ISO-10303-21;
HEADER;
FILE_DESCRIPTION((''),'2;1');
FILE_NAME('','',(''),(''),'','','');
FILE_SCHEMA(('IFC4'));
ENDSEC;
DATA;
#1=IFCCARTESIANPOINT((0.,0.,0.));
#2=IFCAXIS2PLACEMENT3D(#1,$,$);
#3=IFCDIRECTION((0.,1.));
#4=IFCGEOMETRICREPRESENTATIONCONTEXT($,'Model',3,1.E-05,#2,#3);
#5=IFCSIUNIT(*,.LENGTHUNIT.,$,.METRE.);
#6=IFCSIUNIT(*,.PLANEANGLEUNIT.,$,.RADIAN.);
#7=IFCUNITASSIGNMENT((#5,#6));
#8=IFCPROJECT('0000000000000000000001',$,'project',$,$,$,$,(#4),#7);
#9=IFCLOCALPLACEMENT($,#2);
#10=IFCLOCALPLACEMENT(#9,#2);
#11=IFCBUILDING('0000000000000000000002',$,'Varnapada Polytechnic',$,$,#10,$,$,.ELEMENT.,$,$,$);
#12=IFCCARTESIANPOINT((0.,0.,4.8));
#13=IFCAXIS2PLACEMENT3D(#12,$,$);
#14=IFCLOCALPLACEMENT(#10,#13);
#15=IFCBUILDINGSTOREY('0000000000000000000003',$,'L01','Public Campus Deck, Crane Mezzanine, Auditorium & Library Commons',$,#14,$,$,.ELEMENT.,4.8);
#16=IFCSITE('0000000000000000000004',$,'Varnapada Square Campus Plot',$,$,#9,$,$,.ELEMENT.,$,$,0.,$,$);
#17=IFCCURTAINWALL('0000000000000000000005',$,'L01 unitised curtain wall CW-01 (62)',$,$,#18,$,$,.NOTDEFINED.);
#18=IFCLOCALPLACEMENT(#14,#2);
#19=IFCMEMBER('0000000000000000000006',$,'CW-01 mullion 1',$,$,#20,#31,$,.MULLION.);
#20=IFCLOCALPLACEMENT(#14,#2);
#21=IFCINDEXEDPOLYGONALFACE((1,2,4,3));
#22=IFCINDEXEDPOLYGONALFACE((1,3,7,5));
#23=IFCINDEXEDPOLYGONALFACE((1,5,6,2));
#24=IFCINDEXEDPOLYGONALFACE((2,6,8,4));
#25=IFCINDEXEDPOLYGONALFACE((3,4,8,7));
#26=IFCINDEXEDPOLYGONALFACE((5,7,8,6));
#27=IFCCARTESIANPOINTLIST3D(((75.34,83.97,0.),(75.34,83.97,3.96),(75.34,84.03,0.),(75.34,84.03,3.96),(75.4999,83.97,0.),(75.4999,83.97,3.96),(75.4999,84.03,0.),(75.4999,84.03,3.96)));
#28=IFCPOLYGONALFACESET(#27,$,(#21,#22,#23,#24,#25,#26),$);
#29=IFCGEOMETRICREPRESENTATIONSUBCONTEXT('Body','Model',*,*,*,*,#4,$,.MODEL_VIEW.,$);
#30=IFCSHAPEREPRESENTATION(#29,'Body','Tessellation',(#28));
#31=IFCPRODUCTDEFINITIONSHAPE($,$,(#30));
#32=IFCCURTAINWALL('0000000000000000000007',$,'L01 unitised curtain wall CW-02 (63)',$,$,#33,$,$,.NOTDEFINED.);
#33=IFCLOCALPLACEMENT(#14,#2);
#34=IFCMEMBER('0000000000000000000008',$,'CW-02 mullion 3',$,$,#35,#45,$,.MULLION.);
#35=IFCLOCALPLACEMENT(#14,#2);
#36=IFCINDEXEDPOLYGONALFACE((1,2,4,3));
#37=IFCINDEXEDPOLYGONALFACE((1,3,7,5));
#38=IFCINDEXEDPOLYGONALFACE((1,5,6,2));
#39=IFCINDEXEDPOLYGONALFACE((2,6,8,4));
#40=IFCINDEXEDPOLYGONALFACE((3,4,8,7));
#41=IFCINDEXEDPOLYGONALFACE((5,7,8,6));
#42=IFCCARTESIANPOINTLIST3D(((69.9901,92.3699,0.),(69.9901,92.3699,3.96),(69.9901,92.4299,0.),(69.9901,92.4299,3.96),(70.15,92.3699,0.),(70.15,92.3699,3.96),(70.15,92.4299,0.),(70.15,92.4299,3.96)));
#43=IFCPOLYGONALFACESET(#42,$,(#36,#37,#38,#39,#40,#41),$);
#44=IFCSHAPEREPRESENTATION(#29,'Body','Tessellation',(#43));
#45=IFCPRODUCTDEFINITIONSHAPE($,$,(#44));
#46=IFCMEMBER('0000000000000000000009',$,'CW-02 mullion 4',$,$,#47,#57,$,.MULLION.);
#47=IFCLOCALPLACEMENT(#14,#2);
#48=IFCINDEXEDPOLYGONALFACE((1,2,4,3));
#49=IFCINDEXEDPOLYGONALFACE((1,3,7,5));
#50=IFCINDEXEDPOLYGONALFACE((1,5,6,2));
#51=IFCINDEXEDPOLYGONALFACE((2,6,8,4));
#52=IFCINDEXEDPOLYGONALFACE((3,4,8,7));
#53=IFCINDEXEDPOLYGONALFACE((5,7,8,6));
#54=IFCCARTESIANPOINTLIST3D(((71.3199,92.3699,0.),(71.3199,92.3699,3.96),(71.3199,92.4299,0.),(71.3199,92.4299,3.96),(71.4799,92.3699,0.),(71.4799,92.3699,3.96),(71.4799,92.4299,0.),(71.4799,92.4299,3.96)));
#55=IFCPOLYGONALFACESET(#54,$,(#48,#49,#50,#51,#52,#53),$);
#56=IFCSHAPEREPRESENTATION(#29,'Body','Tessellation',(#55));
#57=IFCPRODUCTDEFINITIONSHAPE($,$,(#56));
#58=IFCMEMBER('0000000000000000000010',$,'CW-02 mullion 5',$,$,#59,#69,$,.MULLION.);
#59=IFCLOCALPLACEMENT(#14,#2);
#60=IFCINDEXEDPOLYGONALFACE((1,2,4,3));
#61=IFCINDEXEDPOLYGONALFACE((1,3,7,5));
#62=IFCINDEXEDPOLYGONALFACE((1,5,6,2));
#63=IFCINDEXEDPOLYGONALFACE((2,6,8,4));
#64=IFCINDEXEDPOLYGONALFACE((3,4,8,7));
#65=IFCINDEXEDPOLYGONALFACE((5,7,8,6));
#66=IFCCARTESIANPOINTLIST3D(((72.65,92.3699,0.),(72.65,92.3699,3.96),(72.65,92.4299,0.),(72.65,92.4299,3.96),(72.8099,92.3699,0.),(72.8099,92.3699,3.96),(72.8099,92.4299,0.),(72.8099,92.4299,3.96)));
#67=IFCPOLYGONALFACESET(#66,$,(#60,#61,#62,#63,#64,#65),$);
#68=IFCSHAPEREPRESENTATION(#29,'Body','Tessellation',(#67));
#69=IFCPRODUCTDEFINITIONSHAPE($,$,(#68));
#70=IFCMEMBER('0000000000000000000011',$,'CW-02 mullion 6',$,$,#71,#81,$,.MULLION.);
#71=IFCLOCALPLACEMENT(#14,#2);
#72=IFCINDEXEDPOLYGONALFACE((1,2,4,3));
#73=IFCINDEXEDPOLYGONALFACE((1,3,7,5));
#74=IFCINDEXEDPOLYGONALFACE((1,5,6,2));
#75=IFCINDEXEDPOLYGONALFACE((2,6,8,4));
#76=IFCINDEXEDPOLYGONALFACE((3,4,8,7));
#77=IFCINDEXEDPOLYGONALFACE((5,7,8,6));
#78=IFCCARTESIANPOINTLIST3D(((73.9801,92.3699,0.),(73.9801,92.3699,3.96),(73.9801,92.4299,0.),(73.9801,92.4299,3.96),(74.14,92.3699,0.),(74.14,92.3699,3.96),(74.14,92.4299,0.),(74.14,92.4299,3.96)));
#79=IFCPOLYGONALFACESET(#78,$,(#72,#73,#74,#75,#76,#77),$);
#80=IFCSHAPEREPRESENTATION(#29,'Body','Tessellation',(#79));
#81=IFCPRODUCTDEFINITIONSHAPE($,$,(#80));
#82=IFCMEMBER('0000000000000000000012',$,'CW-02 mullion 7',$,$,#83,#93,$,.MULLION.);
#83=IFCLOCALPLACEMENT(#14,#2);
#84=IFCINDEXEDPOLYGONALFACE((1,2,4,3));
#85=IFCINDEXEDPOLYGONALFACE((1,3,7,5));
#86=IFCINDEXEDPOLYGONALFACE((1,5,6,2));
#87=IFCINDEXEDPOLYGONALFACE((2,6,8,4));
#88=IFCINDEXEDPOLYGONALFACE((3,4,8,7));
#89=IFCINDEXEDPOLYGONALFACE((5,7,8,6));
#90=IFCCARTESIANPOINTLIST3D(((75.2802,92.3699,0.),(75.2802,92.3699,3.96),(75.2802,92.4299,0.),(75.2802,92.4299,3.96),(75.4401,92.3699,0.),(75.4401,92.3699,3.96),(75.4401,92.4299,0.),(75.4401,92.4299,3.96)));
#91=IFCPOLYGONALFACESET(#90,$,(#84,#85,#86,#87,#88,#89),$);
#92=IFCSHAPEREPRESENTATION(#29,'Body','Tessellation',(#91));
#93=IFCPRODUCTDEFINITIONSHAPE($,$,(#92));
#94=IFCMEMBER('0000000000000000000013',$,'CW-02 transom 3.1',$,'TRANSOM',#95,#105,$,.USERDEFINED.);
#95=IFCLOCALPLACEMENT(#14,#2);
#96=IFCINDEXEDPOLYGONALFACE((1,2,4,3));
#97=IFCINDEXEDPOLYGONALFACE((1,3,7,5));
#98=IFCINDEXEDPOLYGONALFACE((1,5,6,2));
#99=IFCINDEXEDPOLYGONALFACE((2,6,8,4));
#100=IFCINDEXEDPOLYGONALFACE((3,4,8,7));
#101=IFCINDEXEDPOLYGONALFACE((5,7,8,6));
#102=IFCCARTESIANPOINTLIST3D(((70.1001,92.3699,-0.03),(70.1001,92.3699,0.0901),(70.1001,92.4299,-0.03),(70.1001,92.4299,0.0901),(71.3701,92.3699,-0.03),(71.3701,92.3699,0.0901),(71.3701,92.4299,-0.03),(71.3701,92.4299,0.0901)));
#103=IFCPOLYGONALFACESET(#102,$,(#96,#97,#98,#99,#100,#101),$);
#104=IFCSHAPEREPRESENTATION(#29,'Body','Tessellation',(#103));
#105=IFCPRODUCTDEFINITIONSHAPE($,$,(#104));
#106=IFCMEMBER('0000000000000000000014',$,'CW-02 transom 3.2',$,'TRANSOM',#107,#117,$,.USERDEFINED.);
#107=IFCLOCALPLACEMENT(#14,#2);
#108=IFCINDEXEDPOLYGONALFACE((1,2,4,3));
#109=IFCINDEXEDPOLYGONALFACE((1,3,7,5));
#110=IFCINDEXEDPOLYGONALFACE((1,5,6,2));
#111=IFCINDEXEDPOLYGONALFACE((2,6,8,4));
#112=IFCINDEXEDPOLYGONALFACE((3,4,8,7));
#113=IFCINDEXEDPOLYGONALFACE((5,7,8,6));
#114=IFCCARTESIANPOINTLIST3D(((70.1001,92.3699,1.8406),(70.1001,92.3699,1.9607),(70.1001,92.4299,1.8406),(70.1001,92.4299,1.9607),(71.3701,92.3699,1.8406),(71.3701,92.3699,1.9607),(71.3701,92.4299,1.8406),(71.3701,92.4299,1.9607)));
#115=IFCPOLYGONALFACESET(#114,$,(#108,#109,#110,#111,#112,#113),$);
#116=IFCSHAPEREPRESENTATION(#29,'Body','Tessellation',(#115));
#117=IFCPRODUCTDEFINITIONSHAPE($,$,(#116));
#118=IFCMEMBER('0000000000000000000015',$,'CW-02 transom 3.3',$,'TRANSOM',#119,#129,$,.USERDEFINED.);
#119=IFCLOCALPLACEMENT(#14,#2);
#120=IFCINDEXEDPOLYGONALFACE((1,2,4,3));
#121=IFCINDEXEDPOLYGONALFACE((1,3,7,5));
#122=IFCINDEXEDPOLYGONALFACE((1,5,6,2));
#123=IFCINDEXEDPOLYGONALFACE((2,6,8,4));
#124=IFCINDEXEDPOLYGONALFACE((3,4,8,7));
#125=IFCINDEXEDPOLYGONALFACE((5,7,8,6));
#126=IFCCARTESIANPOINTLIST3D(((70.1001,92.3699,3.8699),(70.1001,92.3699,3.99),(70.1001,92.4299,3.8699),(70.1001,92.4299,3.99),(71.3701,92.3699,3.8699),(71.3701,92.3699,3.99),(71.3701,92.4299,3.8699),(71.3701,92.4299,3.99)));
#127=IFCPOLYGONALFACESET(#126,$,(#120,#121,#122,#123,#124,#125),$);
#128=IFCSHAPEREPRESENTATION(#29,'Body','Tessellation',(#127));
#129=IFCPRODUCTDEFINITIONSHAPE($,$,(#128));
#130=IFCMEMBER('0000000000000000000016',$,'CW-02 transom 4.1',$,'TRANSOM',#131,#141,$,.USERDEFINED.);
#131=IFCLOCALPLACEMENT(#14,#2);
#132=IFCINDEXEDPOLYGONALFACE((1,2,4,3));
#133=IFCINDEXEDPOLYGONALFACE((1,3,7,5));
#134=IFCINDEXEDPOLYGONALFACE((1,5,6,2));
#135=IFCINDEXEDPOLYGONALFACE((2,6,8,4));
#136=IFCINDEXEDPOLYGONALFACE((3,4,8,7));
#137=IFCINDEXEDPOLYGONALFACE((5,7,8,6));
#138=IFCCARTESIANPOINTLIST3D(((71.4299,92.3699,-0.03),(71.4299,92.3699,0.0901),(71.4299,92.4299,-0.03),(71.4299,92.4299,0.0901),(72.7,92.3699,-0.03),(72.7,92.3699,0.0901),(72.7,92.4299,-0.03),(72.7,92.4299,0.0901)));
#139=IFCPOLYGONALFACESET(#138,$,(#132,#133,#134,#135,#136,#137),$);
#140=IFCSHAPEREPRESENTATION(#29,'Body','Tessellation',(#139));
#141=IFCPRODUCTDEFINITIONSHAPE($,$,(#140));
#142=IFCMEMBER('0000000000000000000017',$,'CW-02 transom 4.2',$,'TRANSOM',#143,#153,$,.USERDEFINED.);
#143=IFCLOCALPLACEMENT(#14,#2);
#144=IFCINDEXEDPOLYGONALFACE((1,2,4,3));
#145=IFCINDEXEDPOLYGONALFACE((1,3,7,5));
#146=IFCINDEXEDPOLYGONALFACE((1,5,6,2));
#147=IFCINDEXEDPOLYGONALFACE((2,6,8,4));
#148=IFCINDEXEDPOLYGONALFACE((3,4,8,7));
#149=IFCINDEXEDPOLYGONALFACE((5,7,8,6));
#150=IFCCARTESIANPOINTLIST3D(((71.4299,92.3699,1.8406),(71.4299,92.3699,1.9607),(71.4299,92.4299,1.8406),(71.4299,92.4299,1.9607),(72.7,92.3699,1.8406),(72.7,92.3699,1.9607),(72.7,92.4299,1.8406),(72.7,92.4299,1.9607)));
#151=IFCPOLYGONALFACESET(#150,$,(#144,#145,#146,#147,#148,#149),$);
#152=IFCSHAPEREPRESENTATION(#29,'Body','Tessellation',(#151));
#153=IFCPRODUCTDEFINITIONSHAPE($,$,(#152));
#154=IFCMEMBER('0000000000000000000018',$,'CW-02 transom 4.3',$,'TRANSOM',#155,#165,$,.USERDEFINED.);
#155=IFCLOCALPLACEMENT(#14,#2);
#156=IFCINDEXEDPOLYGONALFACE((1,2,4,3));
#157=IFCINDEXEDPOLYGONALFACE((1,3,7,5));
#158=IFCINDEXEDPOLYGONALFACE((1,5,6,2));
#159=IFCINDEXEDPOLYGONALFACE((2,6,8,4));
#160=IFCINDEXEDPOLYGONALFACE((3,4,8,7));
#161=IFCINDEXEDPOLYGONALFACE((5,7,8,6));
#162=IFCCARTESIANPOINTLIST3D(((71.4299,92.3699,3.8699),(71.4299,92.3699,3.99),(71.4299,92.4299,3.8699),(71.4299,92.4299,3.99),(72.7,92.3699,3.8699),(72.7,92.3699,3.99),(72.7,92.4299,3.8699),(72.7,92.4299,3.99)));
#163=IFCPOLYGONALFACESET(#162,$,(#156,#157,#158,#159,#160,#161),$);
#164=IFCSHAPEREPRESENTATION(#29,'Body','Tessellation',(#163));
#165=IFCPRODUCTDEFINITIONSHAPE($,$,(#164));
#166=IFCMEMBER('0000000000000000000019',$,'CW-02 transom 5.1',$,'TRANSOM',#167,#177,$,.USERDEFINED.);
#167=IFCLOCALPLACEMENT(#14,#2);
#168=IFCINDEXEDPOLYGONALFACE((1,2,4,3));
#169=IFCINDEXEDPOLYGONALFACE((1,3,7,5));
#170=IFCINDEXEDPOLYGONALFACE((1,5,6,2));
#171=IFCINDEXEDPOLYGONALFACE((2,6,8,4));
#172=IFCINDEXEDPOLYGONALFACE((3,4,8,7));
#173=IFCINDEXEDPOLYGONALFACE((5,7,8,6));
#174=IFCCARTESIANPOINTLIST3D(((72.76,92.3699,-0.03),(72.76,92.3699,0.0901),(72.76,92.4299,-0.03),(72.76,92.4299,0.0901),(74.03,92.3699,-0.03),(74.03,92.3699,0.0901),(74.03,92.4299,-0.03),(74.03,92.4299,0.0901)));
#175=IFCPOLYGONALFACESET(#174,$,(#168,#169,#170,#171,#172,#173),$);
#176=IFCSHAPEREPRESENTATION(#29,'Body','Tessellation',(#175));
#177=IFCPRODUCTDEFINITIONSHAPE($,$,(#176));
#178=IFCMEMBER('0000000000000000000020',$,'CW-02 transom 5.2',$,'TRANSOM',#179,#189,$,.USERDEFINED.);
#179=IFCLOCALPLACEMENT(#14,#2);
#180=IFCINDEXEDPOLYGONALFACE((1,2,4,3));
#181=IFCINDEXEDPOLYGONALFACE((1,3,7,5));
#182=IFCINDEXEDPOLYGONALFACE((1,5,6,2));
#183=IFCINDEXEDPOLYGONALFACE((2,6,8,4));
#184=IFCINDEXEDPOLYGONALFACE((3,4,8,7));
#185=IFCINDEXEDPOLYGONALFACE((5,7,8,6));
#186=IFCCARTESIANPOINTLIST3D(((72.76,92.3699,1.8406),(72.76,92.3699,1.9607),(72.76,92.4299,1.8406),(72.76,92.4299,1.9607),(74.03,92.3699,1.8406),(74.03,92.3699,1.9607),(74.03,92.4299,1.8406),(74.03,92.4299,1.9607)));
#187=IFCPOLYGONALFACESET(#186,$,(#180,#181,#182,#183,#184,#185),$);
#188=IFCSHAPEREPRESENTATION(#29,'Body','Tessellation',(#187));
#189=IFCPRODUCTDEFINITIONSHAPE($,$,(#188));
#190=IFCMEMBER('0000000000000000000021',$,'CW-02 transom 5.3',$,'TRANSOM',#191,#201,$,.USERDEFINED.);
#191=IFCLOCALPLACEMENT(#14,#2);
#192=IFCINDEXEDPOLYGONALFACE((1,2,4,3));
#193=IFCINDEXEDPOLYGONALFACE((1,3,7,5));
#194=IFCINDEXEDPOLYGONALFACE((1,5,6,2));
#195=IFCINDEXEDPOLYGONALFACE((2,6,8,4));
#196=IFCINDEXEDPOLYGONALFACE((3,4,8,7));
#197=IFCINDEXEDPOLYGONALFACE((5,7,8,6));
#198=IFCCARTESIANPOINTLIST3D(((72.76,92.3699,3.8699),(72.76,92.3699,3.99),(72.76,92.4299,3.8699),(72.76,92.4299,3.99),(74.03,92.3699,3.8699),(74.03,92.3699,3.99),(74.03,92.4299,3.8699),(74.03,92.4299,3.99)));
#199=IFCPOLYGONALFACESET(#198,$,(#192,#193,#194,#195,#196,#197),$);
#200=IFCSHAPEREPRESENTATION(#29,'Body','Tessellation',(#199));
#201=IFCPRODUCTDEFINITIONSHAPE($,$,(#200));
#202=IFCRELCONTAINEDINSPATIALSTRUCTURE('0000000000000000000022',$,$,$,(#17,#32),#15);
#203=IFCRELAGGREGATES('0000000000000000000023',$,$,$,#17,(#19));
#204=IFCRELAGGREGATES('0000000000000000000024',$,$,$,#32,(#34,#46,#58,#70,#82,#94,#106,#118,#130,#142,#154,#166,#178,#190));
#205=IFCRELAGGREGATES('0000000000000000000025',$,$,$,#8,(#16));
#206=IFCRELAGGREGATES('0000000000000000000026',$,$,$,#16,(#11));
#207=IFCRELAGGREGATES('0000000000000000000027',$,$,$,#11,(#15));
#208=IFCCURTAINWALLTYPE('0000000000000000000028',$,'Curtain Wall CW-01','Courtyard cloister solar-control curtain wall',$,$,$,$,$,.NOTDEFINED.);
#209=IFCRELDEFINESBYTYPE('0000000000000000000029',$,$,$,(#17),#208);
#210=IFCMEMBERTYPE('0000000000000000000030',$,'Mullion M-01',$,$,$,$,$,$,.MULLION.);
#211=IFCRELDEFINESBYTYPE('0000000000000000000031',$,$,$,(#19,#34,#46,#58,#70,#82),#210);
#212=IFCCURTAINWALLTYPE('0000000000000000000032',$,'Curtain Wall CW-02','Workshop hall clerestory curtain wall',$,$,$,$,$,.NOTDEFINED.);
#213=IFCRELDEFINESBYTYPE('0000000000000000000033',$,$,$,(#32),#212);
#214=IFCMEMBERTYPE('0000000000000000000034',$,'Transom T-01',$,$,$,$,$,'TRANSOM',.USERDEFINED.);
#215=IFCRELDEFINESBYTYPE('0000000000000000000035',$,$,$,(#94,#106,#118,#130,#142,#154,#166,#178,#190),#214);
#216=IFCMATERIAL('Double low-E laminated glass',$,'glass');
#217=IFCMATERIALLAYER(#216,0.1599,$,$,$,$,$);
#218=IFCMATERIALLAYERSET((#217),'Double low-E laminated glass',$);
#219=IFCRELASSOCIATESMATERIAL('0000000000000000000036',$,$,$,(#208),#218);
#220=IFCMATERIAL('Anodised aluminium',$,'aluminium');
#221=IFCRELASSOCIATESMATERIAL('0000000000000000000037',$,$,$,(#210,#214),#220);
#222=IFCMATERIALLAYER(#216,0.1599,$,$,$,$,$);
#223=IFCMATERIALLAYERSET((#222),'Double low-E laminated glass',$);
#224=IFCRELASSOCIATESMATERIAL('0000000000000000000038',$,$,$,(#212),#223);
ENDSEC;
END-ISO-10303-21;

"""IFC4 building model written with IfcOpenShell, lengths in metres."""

from ifc_helpers import new_model, si_unit, direction, frame, origin, origin_2d, place, context, subcontext, project, spatial, rectangle, extrude, material, layer, layer_set, material_profile, profile_set, type_object, element, aggregate, save


model = new_model("IFC4")

# Units and contexts
model_context = context("Model", 3, precision=1e-05, world=origin(), true_north=direction((0.0, 1.0)))
body_context = subcontext(model_context, "Body", "Model", "MODEL_VIEW")
ifc_project = project(units=[si_unit("LENGTHUNIT", "METRE"), si_unit("PLANEANGLEUNIT", "RADIAN")], contexts=[model_context])

# Site, building, storey
site_placement = place(None, origin())
site = spatial("IfcSite", under=ifc_project, at=site_placement, Name="Varnapada Square Campus Plot", CompositionType="ELEMENT", RefElevation=0.0)
building_placement = place(site_placement, origin())
building = spatial("IfcBuilding", under=site, at=building_placement, Name="Varnapada Polytechnic", CompositionType="ELEMENT")
storey_placement = place(building_placement, frame((0.0, 0.0, 4.8)))
storey = spatial("IfcBuildingStorey", under=building, at=storey_placement, Name="L01", Description="Public Campus Deck, Crane Mezzanine, Auditorium & Library Commons", CompositionType="ELEMENT", Elevation=4.8)

# Curtain wall, member
ifc_material_1 = material(Name="Double low-E laminated glass", Category="glass")
ifc_layer_1 = layer(ifc_material_1, 0.1599)
ifc_layer_set_1 = layer_set([ifc_layer_1], Name="Double low-E laminated glass")
curtain_wall_type_1 = type_object("IfcCurtainWallType", Name="Curtain Wall CW-01", Description="Courtyard cloister solar-control curtain wall", PredefinedType="NOTDEFINED", material=ifc_layer_set_1)
curtain_wall_1_placement = place(storey_placement, origin())
curtain_wall_1 = element("IfcCurtainWall", 1, at=curtain_wall_1_placement, inside=storey, type_object=curtain_wall_type_1, Name="L01 unitised curtain wall CW-01 (62)", PredefinedType="NOTDEFINED")
ifc_material_2 = material(Name="Anodised aluminium", Category="aluminium")
ifc_material_profile_1 = material_profile(ifc_material_2, rectangle(XDim=0.0601, YDim=0.1599, at=origin_2d()), Name="ALU M60x160")
ifc_profile_set_1 = profile_set([ifc_material_profile_1], Name="Anodised aluminium")
member_type_1 = type_object("IfcMemberType", Name="Mullion M-01", PredefinedType="MULLION", material=ifc_profile_set_1)
member_1_placement = place(storey_placement, frame((75.4199, 84.0, 0.0), z_axis=(0.0, 0.0, 1.0), x_axis=(0.0, -1.0, 0.0)))
member_1 = element("IfcMember", 2, at=member_1_placement, type_object=member_type_1, Name="CW-01 mullion 1", PredefinedType="MULLION", context=body_context, shape_type="SweptSolid", body=[
    extrude(rectangle(XDim=0.0601, YDim=0.1599, at=origin_2d()), origin(), (0.0, 0.0, 1.0), 3.96),
])
aggregate(curtain_wall_1, [member_1])

# Curtain wall, members
ifc_layer_2 = layer(ifc_material_1, 0.1599)
ifc_layer_set_2 = layer_set([ifc_layer_2], Name="Double low-E laminated glass")
curtain_wall_type_2 = type_object("IfcCurtainWallType", Name="Curtain Wall CW-02", Description="Workshop hall clerestory curtain wall", PredefinedType="NOTDEFINED", material=ifc_layer_set_2)
curtain_wall_2_placement = place(storey_placement, origin())
curtain_wall_2 = element("IfcCurtainWall", 3, at=curtain_wall_2_placement, inside=storey, type_object=curtain_wall_type_2, Name="L01 unitised curtain wall CW-02 (63)", PredefinedType="NOTDEFINED")
member_2_placement = place(storey_placement, frame((70.0701, 92.3999, 0.0), z_axis=(0.0, 0.0, 1.0), x_axis=(0.0, 1.0, 0.0)))
member_2 = element("IfcMember", 4, at=member_2_placement, type_object=member_type_1, Name="CW-02 mullion 3", PredefinedType="MULLION", context=body_context, shape_type="SweptSolid", body=[
    extrude(rectangle(XDim=0.0601, YDim=0.1599, at=origin_2d()), origin(), (0.0, 0.0, 1.0), 3.96),
])
member_3_placement = place(storey_placement, frame((71.3999, 92.3999, 0.0), z_axis=(0.0, 0.0, 1.0), x_axis=(0.0, 1.0, 0.0)))
member_3 = element("IfcMember", 5, at=member_3_placement, type_object=member_type_1, Name="CW-02 mullion 4", PredefinedType="MULLION", context=body_context, shape_type="SweptSolid", body=[
    extrude(rectangle(XDim=0.0601, YDim=0.1599, at=origin_2d()), origin(), (0.0, 0.0, 1.0), 3.96),
])
member_4_placement = place(storey_placement, frame((72.73, 92.3999, 0.0), z_axis=(0.0, 0.0, 1.0), x_axis=(0.0, 1.0, 0.0)))
member_4 = element("IfcMember", 6, at=member_4_placement, type_object=member_type_1, Name="CW-02 mullion 5", PredefinedType="MULLION", context=body_context, shape_type="SweptSolid", body=[
    extrude(rectangle(XDim=0.0601, YDim=0.1599, at=origin_2d()), origin(), (0.0, 0.0, 1.0), 3.96),
])
member_5_placement = place(storey_placement, frame((74.0601, 92.3999, 0.0), z_axis=(0.0, 0.0, 1.0), x_axis=(0.0, 1.0, 0.0)))
member_5 = element("IfcMember", 7, at=member_5_placement, type_object=member_type_1, Name="CW-02 mullion 6", PredefinedType="MULLION", context=body_context, shape_type="SweptSolid", body=[
    extrude(rectangle(XDim=0.0601, YDim=0.1599, at=origin_2d()), origin(), (0.0, 0.0, 1.0), 3.96),
])
member_6_placement = place(storey_placement, frame((75.3601, 92.3999, 0.0), z_axis=(0.0, 0.0, 1.0), x_axis=(0.0, 1.0, 0.0)))
member_6 = element("IfcMember", 8, at=member_6_placement, type_object=member_type_1, Name="CW-02 mullion 7", PredefinedType="MULLION", context=body_context, shape_type="SweptSolid", body=[
    extrude(rectangle(XDim=0.0601, YDim=0.1599, at=origin_2d()), origin(), (0.0, 0.0, 1.0), 3.96),
])
ifc_material_profile_2 = material_profile(ifc_material_2, rectangle(XDim=0.0601, YDim=0.1201, at=origin_2d()), Name="ALU T60x120")
ifc_profile_set_2 = profile_set([ifc_material_profile_2], Name="Anodised aluminium")
member_type_2 = type_object("IfcMemberType", Name="Transom T-01", ElementType="TRANSOM", PredefinedType="USERDEFINED", material=ifc_profile_set_2)
member_7_placement = place(storey_placement, frame((70.1001, 92.3999, 0.03), z_axis=(1.0, 0.0, 0.0), x_axis=(0.0, 1.0, 0.0)))
member_7 = element("IfcMember", 9, at=member_7_placement, type_object=member_type_2, Name="CW-02 transom 3.1", ObjectType="TRANSOM", PredefinedType="USERDEFINED", context=body_context, shape_type="SweptSolid", body=[
    extrude(rectangle(XDim=0.0601, YDim=0.1201, at=origin_2d()), origin(), (0.0, 0.0, 1.0), 1.27),
])
member_8_placement = place(storey_placement, frame((70.1001, 92.3999, 1.9006), z_axis=(1.0, 0.0, 0.0), x_axis=(0.0, 1.0, 0.0)))
member_8 = element("IfcMember", 10, at=member_8_placement, type_object=member_type_2, Name="CW-02 transom 3.2", ObjectType="TRANSOM", PredefinedType="USERDEFINED", context=body_context, shape_type="SweptSolid", body=[
    extrude(rectangle(XDim=0.0601, YDim=0.1201, at=origin_2d()), origin(), (0.0, 0.0, 1.0), 1.27),
])
member_9_placement = place(storey_placement, frame((70.1001, 92.3999, 3.9299), z_axis=(1.0, 0.0, 0.0), x_axis=(0.0, 1.0, 0.0)))
member_9 = element("IfcMember", 11, at=member_9_placement, type_object=member_type_2, Name="CW-02 transom 3.3", ObjectType="TRANSOM", PredefinedType="USERDEFINED", context=body_context, shape_type="SweptSolid", body=[
    extrude(rectangle(XDim=0.0601, YDim=0.1201, at=origin_2d()), origin(), (0.0, 0.0, 1.0), 1.27),
])
member_10_placement = place(storey_placement, frame((71.4299, 92.3999, 0.03), z_axis=(1.0, 0.0, 0.0), x_axis=(0.0, 1.0, 0.0)))
member_10 = element("IfcMember", 12, at=member_10_placement, type_object=member_type_2, Name="CW-02 transom 4.1", ObjectType="TRANSOM", PredefinedType="USERDEFINED", context=body_context, shape_type="SweptSolid", body=[
    extrude(rectangle(XDim=0.0601, YDim=0.1201, at=origin_2d()), origin(), (0.0, 0.0, 1.0), 1.27),
])
member_11_placement = place(storey_placement, frame((71.4299, 92.3999, 1.9006), z_axis=(1.0, 0.0, 0.0), x_axis=(0.0, 1.0, 0.0)))
member_11 = element("IfcMember", 13, at=member_11_placement, type_object=member_type_2, Name="CW-02 transom 4.2", ObjectType="TRANSOM", PredefinedType="USERDEFINED", context=body_context, shape_type="SweptSolid", body=[
    extrude(rectangle(XDim=0.0601, YDim=0.1201, at=origin_2d()), origin(), (0.0, 0.0, 1.0), 1.27),
])
member_12_placement = place(storey_placement, frame((71.4299, 92.3999, 3.9299), z_axis=(1.0, 0.0, 0.0), x_axis=(0.0, 1.0, 0.0)))
member_12 = element("IfcMember", 14, at=member_12_placement, type_object=member_type_2, Name="CW-02 transom 4.3", ObjectType="TRANSOM", PredefinedType="USERDEFINED", context=body_context, shape_type="SweptSolid", body=[
    extrude(rectangle(XDim=0.0601, YDim=0.1201, at=origin_2d()), origin(), (0.0, 0.0, 1.0), 1.27),
])
member_13_placement = place(storey_placement, frame((72.76, 92.3999, 0.03), z_axis=(1.0, 0.0, 0.0), x_axis=(0.0, 1.0, 0.0)))
member_13 = element("IfcMember", 15, at=member_13_placement, type_object=member_type_2, Name="CW-02 transom 5.1", ObjectType="TRANSOM", PredefinedType="USERDEFINED", context=body_context, shape_type="SweptSolid", body=[
    extrude(rectangle(XDim=0.0601, YDim=0.1201, at=origin_2d()), origin(), (0.0, 0.0, 1.0), 1.27),
])
member_14_placement = place(storey_placement, frame((72.76, 92.3999, 1.9006), z_axis=(1.0, 0.0, 0.0), x_axis=(0.0, 1.0, 0.0)))
member_14 = element("IfcMember", 16, at=member_14_placement, type_object=member_type_2, Name="CW-02 transom 5.2", ObjectType="TRANSOM", PredefinedType="USERDEFINED", context=body_context, shape_type="SweptSolid", body=[
    extrude(rectangle(XDim=0.0601, YDim=0.1201, at=origin_2d()), origin(), (0.0, 0.0, 1.0), 1.27),
])
member_15_placement = place(storey_placement, frame((72.76, 92.3999, 3.9299), z_axis=(1.0, 0.0, 0.0), x_axis=(0.0, 1.0, 0.0)))
member_15 = element("IfcMember", 17, at=member_15_placement, type_object=member_type_2, Name="CW-02 transom 5.3", ObjectType="TRANSOM", PredefinedType="USERDEFINED", context=body_context, shape_type="SweptSolid", body=[
    extrude(rectangle(XDim=0.0601, YDim=0.1201, at=origin_2d()), origin(), (0.0, 0.0, 1.0), 1.27),
])
aggregate(curtain_wall_2, [member_2, member_3, member_4, member_5, member_6, member_7, member_8, member_9, member_10, member_11, member_12, member_13, member_14, member_15])

save(model, "model.ifc")
